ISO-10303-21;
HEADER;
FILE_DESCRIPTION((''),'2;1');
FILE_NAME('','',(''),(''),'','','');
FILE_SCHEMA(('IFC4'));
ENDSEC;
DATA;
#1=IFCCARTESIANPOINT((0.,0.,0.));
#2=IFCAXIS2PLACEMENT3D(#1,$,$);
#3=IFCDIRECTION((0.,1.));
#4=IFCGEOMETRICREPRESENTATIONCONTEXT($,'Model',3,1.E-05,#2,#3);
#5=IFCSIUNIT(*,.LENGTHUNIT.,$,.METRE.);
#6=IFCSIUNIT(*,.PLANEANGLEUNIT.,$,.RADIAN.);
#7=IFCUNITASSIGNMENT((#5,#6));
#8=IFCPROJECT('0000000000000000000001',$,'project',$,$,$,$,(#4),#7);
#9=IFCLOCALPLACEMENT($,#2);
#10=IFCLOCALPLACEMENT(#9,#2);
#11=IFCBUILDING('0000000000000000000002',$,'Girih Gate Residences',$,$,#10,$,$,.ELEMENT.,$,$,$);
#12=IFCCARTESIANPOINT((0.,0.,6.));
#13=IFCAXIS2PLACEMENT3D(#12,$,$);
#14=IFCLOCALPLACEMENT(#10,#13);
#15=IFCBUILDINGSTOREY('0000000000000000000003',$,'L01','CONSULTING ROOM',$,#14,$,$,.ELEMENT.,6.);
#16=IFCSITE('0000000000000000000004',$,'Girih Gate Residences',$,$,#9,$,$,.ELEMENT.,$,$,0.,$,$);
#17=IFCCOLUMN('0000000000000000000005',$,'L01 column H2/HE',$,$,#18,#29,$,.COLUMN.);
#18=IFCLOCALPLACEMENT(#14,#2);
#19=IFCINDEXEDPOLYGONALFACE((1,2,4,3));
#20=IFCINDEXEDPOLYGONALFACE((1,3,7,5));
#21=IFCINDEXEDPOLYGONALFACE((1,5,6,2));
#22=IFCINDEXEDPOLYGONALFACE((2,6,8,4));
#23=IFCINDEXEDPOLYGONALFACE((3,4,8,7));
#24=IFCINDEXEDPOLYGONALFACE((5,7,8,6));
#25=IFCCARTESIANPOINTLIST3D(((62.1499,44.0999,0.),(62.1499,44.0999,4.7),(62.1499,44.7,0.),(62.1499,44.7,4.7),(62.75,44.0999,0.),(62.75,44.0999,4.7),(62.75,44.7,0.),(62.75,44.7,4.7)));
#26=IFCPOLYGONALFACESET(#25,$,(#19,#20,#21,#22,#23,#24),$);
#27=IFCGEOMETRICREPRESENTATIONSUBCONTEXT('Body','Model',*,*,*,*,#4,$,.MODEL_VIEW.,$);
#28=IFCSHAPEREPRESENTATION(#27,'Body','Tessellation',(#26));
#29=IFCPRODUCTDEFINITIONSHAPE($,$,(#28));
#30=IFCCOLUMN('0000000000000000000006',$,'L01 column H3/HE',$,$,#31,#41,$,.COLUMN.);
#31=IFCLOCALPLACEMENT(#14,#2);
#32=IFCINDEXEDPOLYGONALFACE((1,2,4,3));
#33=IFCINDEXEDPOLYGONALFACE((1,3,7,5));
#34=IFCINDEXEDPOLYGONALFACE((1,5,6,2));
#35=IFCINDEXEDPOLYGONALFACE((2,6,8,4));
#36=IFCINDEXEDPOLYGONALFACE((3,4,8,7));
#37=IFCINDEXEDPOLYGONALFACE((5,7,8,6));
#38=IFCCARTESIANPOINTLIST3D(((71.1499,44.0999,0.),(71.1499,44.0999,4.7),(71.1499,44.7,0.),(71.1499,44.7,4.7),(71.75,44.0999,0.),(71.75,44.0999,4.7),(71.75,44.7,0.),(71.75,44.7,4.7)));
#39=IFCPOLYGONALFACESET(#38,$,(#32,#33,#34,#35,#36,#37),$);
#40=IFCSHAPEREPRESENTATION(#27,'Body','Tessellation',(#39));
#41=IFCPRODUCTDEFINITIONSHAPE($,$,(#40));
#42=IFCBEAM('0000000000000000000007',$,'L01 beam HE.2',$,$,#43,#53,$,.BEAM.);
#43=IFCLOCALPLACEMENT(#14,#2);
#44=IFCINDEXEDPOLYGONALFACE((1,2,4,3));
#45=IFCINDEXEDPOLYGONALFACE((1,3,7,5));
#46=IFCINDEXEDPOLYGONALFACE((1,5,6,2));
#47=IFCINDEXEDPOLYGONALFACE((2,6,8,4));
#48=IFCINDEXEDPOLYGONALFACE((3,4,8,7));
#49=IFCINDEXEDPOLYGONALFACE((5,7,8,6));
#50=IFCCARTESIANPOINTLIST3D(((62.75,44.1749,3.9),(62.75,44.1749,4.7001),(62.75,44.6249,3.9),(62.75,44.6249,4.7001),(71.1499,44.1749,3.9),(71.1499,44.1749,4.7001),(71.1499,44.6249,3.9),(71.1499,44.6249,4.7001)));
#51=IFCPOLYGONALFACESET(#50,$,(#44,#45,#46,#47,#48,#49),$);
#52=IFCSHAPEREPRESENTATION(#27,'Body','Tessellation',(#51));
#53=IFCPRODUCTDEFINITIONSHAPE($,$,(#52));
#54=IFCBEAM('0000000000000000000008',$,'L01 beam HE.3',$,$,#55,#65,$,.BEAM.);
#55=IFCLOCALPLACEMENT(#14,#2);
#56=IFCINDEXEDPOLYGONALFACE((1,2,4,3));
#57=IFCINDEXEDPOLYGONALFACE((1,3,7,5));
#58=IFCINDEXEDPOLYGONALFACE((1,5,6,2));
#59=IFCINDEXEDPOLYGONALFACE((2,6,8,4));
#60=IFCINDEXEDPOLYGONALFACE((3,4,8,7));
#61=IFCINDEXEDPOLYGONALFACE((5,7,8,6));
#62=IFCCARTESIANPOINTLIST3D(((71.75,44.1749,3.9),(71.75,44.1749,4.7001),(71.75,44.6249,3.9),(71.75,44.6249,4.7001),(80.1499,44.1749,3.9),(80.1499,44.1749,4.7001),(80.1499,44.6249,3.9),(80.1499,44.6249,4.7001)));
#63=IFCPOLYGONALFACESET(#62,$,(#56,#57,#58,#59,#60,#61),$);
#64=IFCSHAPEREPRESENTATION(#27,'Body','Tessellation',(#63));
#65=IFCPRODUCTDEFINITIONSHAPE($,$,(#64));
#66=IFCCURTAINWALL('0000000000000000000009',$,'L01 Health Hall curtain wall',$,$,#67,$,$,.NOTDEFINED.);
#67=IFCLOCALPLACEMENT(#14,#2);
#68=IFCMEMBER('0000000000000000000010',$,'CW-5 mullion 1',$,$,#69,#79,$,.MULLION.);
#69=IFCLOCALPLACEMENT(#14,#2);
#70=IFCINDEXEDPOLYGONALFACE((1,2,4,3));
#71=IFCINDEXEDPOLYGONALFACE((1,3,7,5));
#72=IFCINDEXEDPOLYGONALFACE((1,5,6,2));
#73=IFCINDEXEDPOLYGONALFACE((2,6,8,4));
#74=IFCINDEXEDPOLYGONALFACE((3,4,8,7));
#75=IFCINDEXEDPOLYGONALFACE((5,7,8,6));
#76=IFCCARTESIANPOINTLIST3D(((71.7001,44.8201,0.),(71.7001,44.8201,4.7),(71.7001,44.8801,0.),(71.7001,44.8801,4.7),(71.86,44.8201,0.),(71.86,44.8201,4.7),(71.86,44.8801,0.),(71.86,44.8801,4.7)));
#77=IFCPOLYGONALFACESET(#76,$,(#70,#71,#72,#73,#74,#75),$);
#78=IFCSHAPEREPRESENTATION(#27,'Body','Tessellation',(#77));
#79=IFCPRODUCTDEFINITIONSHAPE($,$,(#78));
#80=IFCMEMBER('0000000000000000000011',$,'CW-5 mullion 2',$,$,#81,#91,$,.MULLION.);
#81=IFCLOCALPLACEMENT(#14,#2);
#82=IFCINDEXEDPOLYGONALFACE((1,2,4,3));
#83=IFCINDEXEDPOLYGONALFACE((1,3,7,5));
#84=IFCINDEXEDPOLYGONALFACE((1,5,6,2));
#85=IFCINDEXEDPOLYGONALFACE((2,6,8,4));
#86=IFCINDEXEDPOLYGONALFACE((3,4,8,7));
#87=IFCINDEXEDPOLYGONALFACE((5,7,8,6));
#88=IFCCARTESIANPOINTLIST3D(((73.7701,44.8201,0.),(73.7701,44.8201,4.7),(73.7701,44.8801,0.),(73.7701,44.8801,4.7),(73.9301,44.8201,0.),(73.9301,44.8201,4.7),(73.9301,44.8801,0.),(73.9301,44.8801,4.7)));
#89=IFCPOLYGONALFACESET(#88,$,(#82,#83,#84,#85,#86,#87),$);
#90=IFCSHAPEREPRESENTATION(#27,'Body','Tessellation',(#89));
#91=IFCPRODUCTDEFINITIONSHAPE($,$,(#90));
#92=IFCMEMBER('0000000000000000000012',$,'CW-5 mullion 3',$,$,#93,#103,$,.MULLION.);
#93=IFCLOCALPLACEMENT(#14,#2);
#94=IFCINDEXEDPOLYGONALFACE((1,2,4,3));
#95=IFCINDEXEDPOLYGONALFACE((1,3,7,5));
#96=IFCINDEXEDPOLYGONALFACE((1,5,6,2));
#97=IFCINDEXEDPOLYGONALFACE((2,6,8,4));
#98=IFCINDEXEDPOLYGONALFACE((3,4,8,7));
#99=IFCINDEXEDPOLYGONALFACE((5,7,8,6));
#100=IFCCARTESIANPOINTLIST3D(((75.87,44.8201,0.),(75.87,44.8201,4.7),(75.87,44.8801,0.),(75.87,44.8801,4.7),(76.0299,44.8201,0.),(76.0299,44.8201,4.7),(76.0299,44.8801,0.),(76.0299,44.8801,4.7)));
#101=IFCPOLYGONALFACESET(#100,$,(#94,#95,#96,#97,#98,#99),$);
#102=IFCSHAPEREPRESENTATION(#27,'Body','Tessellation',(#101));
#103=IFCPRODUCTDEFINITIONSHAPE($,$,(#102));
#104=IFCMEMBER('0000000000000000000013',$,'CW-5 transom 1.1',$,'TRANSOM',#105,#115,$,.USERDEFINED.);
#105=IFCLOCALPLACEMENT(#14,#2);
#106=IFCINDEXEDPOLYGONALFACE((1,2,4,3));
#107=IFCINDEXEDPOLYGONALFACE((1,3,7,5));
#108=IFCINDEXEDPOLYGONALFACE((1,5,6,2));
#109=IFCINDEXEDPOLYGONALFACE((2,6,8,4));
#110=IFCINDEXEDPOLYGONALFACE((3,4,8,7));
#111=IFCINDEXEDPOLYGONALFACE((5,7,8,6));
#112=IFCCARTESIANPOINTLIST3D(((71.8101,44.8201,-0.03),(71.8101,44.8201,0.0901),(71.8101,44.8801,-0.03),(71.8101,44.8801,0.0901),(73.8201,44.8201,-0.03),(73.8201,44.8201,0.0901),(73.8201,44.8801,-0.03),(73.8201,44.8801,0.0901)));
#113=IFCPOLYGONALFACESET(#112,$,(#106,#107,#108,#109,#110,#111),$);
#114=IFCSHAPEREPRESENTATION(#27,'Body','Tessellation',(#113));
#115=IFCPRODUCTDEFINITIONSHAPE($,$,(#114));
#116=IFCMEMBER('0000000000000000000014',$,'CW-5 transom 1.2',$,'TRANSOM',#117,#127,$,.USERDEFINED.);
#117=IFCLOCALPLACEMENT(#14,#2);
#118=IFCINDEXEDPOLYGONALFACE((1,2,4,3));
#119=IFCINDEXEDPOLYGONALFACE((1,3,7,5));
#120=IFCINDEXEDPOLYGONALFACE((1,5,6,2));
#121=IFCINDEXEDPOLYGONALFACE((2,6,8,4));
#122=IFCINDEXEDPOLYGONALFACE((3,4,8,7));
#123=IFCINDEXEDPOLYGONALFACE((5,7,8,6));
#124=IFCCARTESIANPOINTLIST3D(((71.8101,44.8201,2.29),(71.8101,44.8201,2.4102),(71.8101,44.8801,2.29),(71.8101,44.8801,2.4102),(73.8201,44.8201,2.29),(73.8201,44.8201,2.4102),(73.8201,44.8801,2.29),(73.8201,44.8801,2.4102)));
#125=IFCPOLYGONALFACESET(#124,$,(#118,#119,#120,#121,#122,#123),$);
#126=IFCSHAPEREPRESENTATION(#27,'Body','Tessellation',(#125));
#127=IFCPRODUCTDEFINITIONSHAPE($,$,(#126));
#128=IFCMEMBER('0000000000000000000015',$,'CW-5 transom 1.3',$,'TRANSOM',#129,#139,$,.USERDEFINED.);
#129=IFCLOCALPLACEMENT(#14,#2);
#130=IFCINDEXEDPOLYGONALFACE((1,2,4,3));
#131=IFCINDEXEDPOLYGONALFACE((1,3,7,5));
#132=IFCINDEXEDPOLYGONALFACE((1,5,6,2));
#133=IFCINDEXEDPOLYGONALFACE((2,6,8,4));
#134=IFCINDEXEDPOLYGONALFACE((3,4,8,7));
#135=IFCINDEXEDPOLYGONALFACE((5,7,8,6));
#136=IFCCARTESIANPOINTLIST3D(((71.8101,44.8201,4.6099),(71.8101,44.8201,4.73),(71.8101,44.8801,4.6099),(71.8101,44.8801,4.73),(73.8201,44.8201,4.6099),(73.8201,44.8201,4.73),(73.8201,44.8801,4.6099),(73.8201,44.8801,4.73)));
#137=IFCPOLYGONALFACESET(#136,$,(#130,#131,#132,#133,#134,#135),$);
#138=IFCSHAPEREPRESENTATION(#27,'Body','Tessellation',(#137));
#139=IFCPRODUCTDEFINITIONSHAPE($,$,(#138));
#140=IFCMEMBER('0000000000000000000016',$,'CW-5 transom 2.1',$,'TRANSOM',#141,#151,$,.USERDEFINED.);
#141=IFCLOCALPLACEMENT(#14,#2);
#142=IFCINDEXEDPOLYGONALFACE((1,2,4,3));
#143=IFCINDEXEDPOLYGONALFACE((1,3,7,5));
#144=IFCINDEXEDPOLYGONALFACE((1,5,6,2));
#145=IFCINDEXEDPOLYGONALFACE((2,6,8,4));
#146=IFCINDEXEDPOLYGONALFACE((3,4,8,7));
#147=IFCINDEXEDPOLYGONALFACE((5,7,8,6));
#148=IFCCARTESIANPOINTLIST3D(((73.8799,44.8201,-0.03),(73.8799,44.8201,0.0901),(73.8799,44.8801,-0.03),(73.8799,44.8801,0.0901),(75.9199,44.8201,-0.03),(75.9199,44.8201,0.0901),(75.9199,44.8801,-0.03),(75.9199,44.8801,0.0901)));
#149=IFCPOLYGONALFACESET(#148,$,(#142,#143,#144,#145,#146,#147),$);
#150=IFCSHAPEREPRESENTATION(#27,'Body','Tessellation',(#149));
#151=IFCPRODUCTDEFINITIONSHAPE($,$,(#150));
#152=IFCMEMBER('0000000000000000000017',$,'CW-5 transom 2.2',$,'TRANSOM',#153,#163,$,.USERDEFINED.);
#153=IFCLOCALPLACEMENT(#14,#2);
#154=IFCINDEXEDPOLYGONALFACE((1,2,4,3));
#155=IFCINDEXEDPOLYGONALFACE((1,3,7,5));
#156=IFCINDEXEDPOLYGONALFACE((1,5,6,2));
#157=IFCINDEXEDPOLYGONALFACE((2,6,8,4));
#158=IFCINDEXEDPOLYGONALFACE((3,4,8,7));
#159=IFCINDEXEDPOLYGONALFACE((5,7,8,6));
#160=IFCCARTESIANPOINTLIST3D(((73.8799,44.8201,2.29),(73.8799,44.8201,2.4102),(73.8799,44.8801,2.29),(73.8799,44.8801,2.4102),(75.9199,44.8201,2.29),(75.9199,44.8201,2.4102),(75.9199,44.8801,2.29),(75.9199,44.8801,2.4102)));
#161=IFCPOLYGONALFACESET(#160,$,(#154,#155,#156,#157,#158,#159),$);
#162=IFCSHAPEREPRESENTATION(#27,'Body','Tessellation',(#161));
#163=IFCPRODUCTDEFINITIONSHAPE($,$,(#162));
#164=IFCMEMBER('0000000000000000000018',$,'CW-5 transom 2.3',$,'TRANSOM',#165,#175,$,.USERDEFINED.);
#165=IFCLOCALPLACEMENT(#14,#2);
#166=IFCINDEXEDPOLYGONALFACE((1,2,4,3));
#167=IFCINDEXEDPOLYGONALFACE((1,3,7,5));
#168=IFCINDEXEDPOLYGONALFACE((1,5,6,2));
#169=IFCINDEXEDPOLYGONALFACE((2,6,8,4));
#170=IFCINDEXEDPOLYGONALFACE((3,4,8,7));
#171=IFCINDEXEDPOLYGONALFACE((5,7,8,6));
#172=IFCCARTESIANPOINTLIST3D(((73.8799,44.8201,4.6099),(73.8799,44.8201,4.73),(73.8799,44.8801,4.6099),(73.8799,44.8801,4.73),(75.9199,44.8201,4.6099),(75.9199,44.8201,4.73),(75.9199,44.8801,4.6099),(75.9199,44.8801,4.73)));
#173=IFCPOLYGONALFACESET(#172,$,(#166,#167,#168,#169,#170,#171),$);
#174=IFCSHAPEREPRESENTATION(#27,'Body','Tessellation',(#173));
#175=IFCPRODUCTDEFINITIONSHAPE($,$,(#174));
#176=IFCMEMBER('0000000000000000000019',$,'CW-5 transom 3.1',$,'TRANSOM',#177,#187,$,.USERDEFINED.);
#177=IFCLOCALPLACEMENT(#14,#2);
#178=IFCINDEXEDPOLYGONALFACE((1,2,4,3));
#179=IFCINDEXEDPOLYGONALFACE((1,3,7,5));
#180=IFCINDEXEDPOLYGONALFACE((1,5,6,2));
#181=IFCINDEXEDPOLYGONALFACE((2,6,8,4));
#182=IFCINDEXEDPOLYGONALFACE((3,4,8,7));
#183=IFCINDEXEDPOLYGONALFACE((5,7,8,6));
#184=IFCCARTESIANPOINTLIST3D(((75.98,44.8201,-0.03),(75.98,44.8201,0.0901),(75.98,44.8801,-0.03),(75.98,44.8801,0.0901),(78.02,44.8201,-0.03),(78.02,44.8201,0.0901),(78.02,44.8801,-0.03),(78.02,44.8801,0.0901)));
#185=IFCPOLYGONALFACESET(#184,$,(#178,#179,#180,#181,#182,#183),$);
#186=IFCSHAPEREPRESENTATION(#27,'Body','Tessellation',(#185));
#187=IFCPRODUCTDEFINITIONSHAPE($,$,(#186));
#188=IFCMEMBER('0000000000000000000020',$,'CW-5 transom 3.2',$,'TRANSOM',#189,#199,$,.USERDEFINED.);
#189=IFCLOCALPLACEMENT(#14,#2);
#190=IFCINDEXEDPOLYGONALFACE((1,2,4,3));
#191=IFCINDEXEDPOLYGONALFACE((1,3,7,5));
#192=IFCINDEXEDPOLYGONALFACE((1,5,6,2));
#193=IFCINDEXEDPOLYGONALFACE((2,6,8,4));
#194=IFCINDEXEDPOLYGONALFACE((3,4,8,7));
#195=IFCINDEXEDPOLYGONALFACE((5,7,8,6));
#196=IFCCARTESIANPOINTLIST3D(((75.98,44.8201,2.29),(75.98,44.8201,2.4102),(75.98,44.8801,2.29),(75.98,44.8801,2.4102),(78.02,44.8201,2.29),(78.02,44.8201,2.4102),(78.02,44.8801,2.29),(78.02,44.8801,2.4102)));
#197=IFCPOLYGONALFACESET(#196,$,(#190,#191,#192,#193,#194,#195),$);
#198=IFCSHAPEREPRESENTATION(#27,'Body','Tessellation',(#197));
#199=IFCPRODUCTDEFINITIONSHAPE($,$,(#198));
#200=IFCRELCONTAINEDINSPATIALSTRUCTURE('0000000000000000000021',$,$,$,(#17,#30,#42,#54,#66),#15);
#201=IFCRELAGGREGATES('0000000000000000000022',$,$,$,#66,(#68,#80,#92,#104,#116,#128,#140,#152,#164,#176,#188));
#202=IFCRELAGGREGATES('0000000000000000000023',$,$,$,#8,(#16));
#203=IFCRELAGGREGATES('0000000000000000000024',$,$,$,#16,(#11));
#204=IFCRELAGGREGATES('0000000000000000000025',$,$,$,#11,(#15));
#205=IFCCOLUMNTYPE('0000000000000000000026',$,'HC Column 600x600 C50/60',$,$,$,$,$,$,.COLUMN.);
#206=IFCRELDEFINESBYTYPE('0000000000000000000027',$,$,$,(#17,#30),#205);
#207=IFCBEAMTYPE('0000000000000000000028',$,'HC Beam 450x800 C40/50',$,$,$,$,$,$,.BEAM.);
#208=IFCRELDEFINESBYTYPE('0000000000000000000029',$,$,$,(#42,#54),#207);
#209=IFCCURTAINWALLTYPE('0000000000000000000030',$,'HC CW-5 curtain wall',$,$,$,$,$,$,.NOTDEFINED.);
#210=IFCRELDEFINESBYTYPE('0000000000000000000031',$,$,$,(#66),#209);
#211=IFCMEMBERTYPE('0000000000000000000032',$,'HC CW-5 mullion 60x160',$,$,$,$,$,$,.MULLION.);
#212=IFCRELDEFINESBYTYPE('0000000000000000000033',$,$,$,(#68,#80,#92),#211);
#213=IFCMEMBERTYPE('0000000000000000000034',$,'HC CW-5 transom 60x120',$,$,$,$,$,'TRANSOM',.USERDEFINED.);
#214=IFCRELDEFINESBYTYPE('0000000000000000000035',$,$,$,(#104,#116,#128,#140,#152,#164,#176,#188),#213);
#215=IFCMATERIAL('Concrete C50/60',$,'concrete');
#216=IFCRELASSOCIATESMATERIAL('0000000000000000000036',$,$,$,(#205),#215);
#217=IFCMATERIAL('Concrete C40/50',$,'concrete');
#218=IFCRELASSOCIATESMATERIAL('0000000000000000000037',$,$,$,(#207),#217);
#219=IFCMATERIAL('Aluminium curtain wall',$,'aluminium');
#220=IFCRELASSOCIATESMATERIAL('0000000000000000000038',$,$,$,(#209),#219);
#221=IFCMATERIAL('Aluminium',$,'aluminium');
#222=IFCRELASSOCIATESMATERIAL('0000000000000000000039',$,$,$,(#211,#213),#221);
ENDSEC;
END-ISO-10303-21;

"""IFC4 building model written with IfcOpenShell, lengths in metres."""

from ifc_helpers import new_model, si_unit, direction, frame, origin, origin_2d, place, context, subcontext, project, spatial, rectangle, extrude, material, material_profile, profile_set, type_object, element, aggregate, save


model = new_model("IFC4")

# Units and contexts
model_context = context("Model", 3, precision=1e-05, world=origin(), true_north=direction((0.0, 1.0)))
body_context = subcontext(model_context, "Body", "Model", "MODEL_VIEW")
ifc_project = project(units=[si_unit("LENGTHUNIT", "METRE"), si_unit("PLANEANGLEUNIT", "RADIAN")], contexts=[model_context])

# Site, building, storey
site_placement = place(None, origin())
site = spatial("IfcSite", under=ifc_project, at=site_placement, Name="Girih Gate Residences", CompositionType="ELEMENT", RefElevation=0.0)
building_placement = place(site_placement, origin())
building = spatial("IfcBuilding", under=site, at=building_placement, Name="Girih Gate Residences", CompositionType="ELEMENT")
storey_placement = place(building_placement, frame((0.0, 0.0, 6.0)))
storey = spatial("IfcBuildingStorey", under=building, at=storey_placement, Name="L01", Description="CONSULTING ROOM", CompositionType="ELEMENT", Elevation=6.0)

# Columns
ifc_material_1 = material(Name="Concrete C50/60", Category="concrete")
ifc_material_profile_1 = material_profile(ifc_material_1, rectangle(XDim=0.6001, YDim=0.6001, at=origin_2d()))
ifc_profile_set_1 = profile_set([ifc_material_profile_1], Name="Concrete C50/60")
column_type = type_object("IfcColumnType", Name="HC Column 600x600 C50/60", PredefinedType="COLUMN", material=ifc_profile_set_1)
for number, where, z_axis, x_axis, name in (
    (1, (62.45, 44.3999, 0.0), (0.0, 0.0, 1.0), (1.0, 0.0, 0.0), "L01 column H2/HE"),
    (2, (71.45, 44.3999, 0.0), (0.0, 0.0, 1.0), (1.0, 0.0, 0.0), "L01 column H3/HE"),
):
    element("IfcColumn", number, at=place(storey_placement, frame(where, z_axis=z_axis, x_axis=x_axis)), inside=storey, type_object=column_type, Name=name, PredefinedType="COLUMN", context=body_context, shape_type="SweptSolid", body=[
        extrude(rectangle(XDim=0.6001, YDim=0.6001, at=origin_2d()), origin(), (0.0, 0.0, 1.0), 4.7),
    ])

# Beams
ifc_material_2 = material(Name="Concrete C40/50", Category="concrete")
ifc_material_profile_2 = material_profile(ifc_material_2, rectangle(XDim=0.45, YDim=0.8, at=origin_2d()))
ifc_profile_set_2 = profile_set([ifc_material_profile_2], Name="Concrete C40/50")
beam_type = type_object("IfcBeamType", Name="HC Beam 450x800 C40/50", PredefinedType="BEAM", material=ifc_profile_set_2)
for number, where, z_axis, x_axis, name in (
    (3, (62.75, 44.3999, 4.3), (1.0, 0.0, 0.0), (0.0, 1.0, 0.0), "L01 beam HE.2"),
    (4, (71.75, 44.3999, 4.3), (1.0, 0.0, 0.0), (0.0, 1.0, 0.0), "L01 beam HE.3"),
):
    element("IfcBeam", number, at=place(storey_placement, frame(where, z_axis=z_axis, x_axis=x_axis)), inside=storey, type_object=beam_type, Name=name, PredefinedType="BEAM", context=body_context, shape_type="SweptSolid", body=[
        extrude(rectangle(XDim=0.45, YDim=0.8, at=origin_2d()), origin(), (0.0, 0.0, 1.0), 8.3999),
    ])

# Curtain wall, members
ifc_material_3 = material(Name="Aluminium curtain wall", Category="aluminium")
curtain_wall_type = type_object("IfcCurtainWallType", Name="HC CW-5 curtain wall", PredefinedType="NOTDEFINED", material=ifc_material_3)
curtain_wall_placement = place(storey_placement, origin())
curtain_wall = element("IfcCurtainWall", 5, at=curtain_wall_placement, inside=storey, type_object=curtain_wall_type, Name="L01 Health Hall curtain wall", PredefinedType="NOTDEFINED")
ifc_material_4 = material(Name="Aluminium", Category="aluminium")
ifc_material_profile_3 = material_profile(ifc_material_4, rectangle(XDim=0.0601, YDim=0.1599, at=origin_2d()))
ifc_profile_set_3 = profile_set([ifc_material_profile_3], Name="Aluminium")
member_type_1 = type_object("IfcMemberType", Name="HC CW-5 mullion 60x160", PredefinedType="MULLION", material=ifc_profile_set_3)
member_1_placement = place(storey_placement, frame((71.78, 44.8501, 0.0), z_axis=(0.0, 0.0, 1.0), x_axis=(0.0, 1.0, 0.0)))
member_1 = element("IfcMember", 6, at=member_1_placement, type_object=member_type_1, Name="CW-5 mullion 1", PredefinedType="MULLION", context=body_context, shape_type="SweptSolid", body=[
    extrude(rectangle(XDim=0.0601, YDim=0.1599, at=origin_2d()), origin(), (0.0, 0.0, 1.0), 4.7),
])
member_2_placement = place(storey_placement, frame((73.8501, 44.8501, 0.0), z_axis=(0.0, 0.0, 1.0), x_axis=(0.0, 1.0, 0.0)))
member_2 = element("IfcMember", 7, at=member_2_placement, type_object=member_type_1, Name="CW-5 mullion 2", PredefinedType="MULLION", context=body_context, shape_type="SweptSolid", body=[
    extrude(rectangle(XDim=0.0601, YDim=0.1599, at=origin_2d()), origin(), (0.0, 0.0, 1.0), 4.7),
])
member_3_placement = place(storey_placement, frame((75.95, 44.8501, 0.0), z_axis=(0.0, 0.0, 1.0), x_axis=(0.0, 1.0, 0.0)))
member_3 = element("IfcMember", 8, at=member_3_placement, type_object=member_type_1, Name="CW-5 mullion 3", PredefinedType="MULLION", context=body_context, shape_type="SweptSolid", body=[
    extrude(rectangle(XDim=0.0601, YDim=0.1599, at=origin_2d()), origin(), (0.0, 0.0, 1.0), 4.7),
])
ifc_material_profile_4 = material_profile(ifc_material_4, rectangle(XDim=0.0601, YDim=0.1201, at=origin_2d()))
ifc_profile_set_4 = profile_set([ifc_material_profile_4], Name="Aluminium")
member_type_2 = type_object("IfcMemberType", Name="HC CW-5 transom 60x120", ElementType="TRANSOM", PredefinedType="USERDEFINED", material=ifc_profile_set_4)
member_4_placement = place(storey_placement, frame((71.8101, 44.8501, 0.03), z_axis=(1.0, 0.0, 0.0), x_axis=(0.0, 1.0, 0.0)))
member_4 = element("IfcMember", 9, at=member_4_placement, type_object=member_type_2, Name="CW-5 transom 1.1", ObjectType="TRANSOM", PredefinedType="USERDEFINED", context=body_context, shape_type="SweptSolid", body=[
    extrude(rectangle(XDim=0.0601, YDim=0.1201, at=origin_2d()), origin(), (0.0, 0.0, 1.0), 2.01),
])
member_5_placement = place(storey_placement, frame((71.8101, 44.8501, 2.3501), z_axis=(1.0, 0.0, 0.0), x_axis=(0.0, 1.0, 0.0)))
member_5 = element("IfcMember", 10, at=member_5_placement, type_object=member_type_2, Name="CW-5 transom 1.2", ObjectType="TRANSOM", PredefinedType="USERDEFINED", context=body_context, shape_type="SweptSolid", body=[
    extrude(rectangle(XDim=0.0601, YDim=0.1201, at=origin_2d()), origin(), (0.0, 0.0, 1.0), 2.01),
])
member_6_placement = place(storey_placement, frame((71.8101, 44.8501, 4.6699), z_axis=(1.0, 0.0, 0.0), x_axis=(0.0, 1.0, 0.0)))
member_6 = element("IfcMember", 11, at=member_6_placement, type_object=member_type_2, Name="CW-5 transom 1.3", ObjectType="TRANSOM", PredefinedType="USERDEFINED", context=body_context, shape_type="SweptSolid", body=[
    extrude(rectangle(XDim=0.0601, YDim=0.1201, at=origin_2d()), origin(), (0.0, 0.0, 1.0), 2.01),
])
member_7_placement = place(storey_placement, frame((73.8799, 44.8501, 0.03), z_axis=(1.0, 0.0, 0.0), x_axis=(0.0, 1.0, 0.0)))
member_7 = element("IfcMember", 12, at=member_7_placement, type_object=member_type_2, Name="CW-5 transom 2.1", ObjectType="TRANSOM", PredefinedType="USERDEFINED", context=body_context, shape_type="SweptSolid", body=[
    extrude(rectangle(XDim=0.0601, YDim=0.1201, at=origin_2d()), origin(), (0.0, 0.0, 1.0), 2.04),
])
member_8_placement = place(storey_placement, frame((73.8799, 44.8501, 2.3501), z_axis=(1.0, 0.0, 0.0), x_axis=(0.0, 1.0, 0.0)))
member_8 = element("IfcMember", 13, at=member_8_placement, type_object=member_type_2, Name="CW-5 transom 2.2", ObjectType="TRANSOM", PredefinedType="USERDEFINED", context=body_context, shape_type="SweptSolid", body=[
    extrude(rectangle(XDim=0.0601, YDim=0.1201, at=origin_2d()), origin(), (0.0, 0.0, 1.0), 2.04),
])
member_9_placement = place(storey_placement, frame((73.8799, 44.8501, 4.6699), z_axis=(1.0, 0.0, 0.0), x_axis=(0.0, 1.0, 0.0)))
member_9 = element("IfcMember", 14, at=member_9_placement, type_object=member_type_2, Name="CW-5 transom 2.3", ObjectType="TRANSOM", PredefinedType="USERDEFINED", context=body_context, shape_type="SweptSolid", body=[
    extrude(rectangle(XDim=0.0601, YDim=0.1201, at=origin_2d()), origin(), (0.0, 0.0, 1.0), 2.04),
])
member_10_placement = place(storey_placement, frame((75.98, 44.8501, 0.03), z_axis=(1.0, 0.0, 0.0), x_axis=(0.0, 1.0, 0.0)))
member_10 = element("IfcMember", 15, at=member_10_placement, type_object=member_type_2, Name="CW-5 transom 3.1", ObjectType="TRANSOM", PredefinedType="USERDEFINED", context=body_context, shape_type="SweptSolid", body=[
    extrude(rectangle(XDim=0.0601, YDim=0.1201, at=origin_2d()), origin(), (0.0, 0.0, 1.0), 2.04),
])
member_11_placement = place(storey_placement, frame((75.98, 44.8501, 2.3501), z_axis=(1.0, 0.0, 0.0), x_axis=(0.0, 1.0, 0.0)))
member_11 = element("IfcMember", 16, at=member_11_placement, type_object=member_type_2, Name="CW-5 transom 3.2", ObjectType="TRANSOM", PredefinedType="USERDEFINED", context=body_context, shape_type="SweptSolid", body=[
    extrude(rectangle(XDim=0.0601, YDim=0.1201, at=origin_2d()), origin(), (0.0, 0.0, 1.0), 2.04),
])
aggregate(curtain_wall, [member_1, member_2, member_3, member_4, member_5, member_6, member_7, member_8, member_9, member_10, member_11])

save(model, "model.ifc")
